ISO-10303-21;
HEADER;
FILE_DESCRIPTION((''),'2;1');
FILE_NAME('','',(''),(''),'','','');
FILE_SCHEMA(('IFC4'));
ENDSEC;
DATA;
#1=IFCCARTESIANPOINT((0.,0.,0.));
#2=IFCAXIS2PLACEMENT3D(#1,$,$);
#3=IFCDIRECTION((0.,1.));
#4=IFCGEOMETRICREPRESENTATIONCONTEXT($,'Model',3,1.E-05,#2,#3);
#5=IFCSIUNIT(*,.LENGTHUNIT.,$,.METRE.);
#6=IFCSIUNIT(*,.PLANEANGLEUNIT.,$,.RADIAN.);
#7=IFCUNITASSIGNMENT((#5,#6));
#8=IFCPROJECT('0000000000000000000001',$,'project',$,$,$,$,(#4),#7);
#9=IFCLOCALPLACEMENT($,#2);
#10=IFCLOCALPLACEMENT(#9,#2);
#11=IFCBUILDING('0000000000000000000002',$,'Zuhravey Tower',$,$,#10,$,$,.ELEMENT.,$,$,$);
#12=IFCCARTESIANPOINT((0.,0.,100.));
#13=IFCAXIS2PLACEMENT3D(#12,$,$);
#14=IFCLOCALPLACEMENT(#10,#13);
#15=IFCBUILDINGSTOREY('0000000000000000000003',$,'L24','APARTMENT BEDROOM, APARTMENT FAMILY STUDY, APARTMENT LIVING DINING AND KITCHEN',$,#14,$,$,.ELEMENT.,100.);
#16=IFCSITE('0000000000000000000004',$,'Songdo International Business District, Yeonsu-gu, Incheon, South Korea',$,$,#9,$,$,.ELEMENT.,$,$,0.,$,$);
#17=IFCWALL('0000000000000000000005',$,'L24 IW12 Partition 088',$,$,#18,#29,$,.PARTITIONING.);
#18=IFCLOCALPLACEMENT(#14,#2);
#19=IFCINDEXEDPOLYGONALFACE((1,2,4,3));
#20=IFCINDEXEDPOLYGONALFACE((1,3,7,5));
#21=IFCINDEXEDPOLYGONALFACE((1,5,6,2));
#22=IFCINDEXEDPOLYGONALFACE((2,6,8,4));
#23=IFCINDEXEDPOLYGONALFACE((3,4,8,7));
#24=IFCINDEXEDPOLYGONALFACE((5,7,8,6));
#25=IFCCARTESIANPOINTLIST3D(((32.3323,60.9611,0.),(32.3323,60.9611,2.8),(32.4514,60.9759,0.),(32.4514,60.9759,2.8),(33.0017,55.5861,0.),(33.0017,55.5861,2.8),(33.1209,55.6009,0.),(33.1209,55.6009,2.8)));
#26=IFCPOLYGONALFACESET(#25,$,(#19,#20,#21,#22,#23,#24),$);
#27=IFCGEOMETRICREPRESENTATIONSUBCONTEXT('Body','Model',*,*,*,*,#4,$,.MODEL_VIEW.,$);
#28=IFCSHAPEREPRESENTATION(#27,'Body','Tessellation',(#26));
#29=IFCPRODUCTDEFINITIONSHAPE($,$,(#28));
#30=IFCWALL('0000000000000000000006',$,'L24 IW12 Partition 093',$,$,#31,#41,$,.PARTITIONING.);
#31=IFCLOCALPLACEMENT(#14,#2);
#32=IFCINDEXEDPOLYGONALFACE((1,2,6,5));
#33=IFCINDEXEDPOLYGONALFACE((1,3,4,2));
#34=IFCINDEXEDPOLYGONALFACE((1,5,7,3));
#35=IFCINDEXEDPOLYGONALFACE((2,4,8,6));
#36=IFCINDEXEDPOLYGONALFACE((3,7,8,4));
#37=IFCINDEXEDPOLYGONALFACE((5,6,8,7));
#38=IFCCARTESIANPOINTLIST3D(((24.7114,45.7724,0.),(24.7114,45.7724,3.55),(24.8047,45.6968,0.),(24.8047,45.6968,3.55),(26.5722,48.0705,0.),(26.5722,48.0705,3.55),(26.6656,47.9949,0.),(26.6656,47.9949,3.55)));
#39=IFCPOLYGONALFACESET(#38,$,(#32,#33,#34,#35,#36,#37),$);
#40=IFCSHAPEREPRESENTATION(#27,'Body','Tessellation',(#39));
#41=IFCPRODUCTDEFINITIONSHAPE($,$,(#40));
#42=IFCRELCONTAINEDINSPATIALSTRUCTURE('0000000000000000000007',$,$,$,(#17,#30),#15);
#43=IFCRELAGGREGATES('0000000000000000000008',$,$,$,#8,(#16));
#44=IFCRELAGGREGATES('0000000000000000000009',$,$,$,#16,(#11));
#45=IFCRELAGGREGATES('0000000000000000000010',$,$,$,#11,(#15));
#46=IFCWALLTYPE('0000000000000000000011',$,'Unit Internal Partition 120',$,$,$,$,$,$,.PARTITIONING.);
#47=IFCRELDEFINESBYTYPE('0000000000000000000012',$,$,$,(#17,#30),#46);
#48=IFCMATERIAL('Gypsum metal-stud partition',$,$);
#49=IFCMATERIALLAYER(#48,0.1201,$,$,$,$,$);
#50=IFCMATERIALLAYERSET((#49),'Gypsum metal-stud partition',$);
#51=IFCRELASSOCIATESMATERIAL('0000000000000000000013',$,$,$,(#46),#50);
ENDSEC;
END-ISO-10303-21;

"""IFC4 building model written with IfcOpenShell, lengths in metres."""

from ifc_helpers import new_model, si_unit, direction, frame, frame_2d, origin, place, context, subcontext, project, spatial, rectangle, extrude, material, layer, layer_set, type_object, element, save


model = new_model("IFC4")

# Units and contexts
model_context = context("Model", 3, precision=1e-05, world=origin(), true_north=direction((0.0, 1.0)))
body_context = subcontext(model_context, "Body", "Model", "MODEL_VIEW")
ifc_project = project(units=[si_unit("LENGTHUNIT", "METRE"), si_unit("PLANEANGLEUNIT", "RADIAN")], contexts=[model_context])

# Site, building, storey
site_placement = place(None, origin())
site = spatial("IfcSite", under=ifc_project, at=site_placement, Name="Songdo International Business District, Yeonsu-gu, Incheon, South Korea", CompositionType="ELEMENT", RefElevation=0.0)
building_placement = place(site_placement, origin())
building = spatial("IfcBuilding", under=site, at=building_placement, Name="Zuhravey Tower", CompositionType="ELEMENT")
storey_placement = place(building_placement, frame((0.0, 0.0, 100.0)))
storey = spatial("IfcBuildingStorey", under=building, at=storey_placement, Name="L24", Description="APARTMENT BEDROOM, APARTMENT FAMILY STUDY, APARTMENT LIVING DINING AND KITCHEN", CompositionType="ELEMENT", Elevation=100.0)

# Shared definitions
ifc_material_1 = material(Name="Gypsum metal-stud partition")
ifc_layer = layer(ifc_material_1, 0.1201)
ifc_layer_set = layer_set([ifc_layer], Name="Gypsum metal-stud partition")
wall_type = type_object("IfcWallType", Name="Unit Internal Partition 120", PredefinedType="PARTITIONING", material=ifc_layer_set)

# Walls
wall_1_placement = place(storey_placement, frame((33.0613, 55.5935, 0.0), z_axis=(0.0, 0.0, 1.0), x_axis=(-0.123591, 0.992333, 0.0)))
element("IfcWall", 1, at=wall_1_placement, inside=storey, type_object=wall_type, Name="L24 IW12 Partition 088", PredefinedType="PARTITIONING", context=body_context, shape_type="SweptSolid", body=[
    extrude(rectangle(XDim=5.4165, YDim=0.1201, at=frame_2d((2.7083, 0.0))), origin(), (0.0, 0.0, 1.0), 2.8),
])
wall_2_placement = place(storey_placement, frame((26.6189, 48.0327, 0.0), z_axis=(0.0, 0.0, 1.0), x_axis=(-0.629296, -0.777166, 0.0)))
element("IfcWall", 2, at=wall_2_placement, inside=storey, type_object=wall_type, Name="L24 IW12 Partition 093", PredefinedType="PARTITIONING", context=body_context, shape_type="SweptSolid", body=[
    extrude(rectangle(XDim=2.957, YDim=0.1201, at=frame_2d((1.4785, 0.0))), origin(), (0.0, 0.0, 1.0), 3.55),
])

save(model, "model.ifc")
